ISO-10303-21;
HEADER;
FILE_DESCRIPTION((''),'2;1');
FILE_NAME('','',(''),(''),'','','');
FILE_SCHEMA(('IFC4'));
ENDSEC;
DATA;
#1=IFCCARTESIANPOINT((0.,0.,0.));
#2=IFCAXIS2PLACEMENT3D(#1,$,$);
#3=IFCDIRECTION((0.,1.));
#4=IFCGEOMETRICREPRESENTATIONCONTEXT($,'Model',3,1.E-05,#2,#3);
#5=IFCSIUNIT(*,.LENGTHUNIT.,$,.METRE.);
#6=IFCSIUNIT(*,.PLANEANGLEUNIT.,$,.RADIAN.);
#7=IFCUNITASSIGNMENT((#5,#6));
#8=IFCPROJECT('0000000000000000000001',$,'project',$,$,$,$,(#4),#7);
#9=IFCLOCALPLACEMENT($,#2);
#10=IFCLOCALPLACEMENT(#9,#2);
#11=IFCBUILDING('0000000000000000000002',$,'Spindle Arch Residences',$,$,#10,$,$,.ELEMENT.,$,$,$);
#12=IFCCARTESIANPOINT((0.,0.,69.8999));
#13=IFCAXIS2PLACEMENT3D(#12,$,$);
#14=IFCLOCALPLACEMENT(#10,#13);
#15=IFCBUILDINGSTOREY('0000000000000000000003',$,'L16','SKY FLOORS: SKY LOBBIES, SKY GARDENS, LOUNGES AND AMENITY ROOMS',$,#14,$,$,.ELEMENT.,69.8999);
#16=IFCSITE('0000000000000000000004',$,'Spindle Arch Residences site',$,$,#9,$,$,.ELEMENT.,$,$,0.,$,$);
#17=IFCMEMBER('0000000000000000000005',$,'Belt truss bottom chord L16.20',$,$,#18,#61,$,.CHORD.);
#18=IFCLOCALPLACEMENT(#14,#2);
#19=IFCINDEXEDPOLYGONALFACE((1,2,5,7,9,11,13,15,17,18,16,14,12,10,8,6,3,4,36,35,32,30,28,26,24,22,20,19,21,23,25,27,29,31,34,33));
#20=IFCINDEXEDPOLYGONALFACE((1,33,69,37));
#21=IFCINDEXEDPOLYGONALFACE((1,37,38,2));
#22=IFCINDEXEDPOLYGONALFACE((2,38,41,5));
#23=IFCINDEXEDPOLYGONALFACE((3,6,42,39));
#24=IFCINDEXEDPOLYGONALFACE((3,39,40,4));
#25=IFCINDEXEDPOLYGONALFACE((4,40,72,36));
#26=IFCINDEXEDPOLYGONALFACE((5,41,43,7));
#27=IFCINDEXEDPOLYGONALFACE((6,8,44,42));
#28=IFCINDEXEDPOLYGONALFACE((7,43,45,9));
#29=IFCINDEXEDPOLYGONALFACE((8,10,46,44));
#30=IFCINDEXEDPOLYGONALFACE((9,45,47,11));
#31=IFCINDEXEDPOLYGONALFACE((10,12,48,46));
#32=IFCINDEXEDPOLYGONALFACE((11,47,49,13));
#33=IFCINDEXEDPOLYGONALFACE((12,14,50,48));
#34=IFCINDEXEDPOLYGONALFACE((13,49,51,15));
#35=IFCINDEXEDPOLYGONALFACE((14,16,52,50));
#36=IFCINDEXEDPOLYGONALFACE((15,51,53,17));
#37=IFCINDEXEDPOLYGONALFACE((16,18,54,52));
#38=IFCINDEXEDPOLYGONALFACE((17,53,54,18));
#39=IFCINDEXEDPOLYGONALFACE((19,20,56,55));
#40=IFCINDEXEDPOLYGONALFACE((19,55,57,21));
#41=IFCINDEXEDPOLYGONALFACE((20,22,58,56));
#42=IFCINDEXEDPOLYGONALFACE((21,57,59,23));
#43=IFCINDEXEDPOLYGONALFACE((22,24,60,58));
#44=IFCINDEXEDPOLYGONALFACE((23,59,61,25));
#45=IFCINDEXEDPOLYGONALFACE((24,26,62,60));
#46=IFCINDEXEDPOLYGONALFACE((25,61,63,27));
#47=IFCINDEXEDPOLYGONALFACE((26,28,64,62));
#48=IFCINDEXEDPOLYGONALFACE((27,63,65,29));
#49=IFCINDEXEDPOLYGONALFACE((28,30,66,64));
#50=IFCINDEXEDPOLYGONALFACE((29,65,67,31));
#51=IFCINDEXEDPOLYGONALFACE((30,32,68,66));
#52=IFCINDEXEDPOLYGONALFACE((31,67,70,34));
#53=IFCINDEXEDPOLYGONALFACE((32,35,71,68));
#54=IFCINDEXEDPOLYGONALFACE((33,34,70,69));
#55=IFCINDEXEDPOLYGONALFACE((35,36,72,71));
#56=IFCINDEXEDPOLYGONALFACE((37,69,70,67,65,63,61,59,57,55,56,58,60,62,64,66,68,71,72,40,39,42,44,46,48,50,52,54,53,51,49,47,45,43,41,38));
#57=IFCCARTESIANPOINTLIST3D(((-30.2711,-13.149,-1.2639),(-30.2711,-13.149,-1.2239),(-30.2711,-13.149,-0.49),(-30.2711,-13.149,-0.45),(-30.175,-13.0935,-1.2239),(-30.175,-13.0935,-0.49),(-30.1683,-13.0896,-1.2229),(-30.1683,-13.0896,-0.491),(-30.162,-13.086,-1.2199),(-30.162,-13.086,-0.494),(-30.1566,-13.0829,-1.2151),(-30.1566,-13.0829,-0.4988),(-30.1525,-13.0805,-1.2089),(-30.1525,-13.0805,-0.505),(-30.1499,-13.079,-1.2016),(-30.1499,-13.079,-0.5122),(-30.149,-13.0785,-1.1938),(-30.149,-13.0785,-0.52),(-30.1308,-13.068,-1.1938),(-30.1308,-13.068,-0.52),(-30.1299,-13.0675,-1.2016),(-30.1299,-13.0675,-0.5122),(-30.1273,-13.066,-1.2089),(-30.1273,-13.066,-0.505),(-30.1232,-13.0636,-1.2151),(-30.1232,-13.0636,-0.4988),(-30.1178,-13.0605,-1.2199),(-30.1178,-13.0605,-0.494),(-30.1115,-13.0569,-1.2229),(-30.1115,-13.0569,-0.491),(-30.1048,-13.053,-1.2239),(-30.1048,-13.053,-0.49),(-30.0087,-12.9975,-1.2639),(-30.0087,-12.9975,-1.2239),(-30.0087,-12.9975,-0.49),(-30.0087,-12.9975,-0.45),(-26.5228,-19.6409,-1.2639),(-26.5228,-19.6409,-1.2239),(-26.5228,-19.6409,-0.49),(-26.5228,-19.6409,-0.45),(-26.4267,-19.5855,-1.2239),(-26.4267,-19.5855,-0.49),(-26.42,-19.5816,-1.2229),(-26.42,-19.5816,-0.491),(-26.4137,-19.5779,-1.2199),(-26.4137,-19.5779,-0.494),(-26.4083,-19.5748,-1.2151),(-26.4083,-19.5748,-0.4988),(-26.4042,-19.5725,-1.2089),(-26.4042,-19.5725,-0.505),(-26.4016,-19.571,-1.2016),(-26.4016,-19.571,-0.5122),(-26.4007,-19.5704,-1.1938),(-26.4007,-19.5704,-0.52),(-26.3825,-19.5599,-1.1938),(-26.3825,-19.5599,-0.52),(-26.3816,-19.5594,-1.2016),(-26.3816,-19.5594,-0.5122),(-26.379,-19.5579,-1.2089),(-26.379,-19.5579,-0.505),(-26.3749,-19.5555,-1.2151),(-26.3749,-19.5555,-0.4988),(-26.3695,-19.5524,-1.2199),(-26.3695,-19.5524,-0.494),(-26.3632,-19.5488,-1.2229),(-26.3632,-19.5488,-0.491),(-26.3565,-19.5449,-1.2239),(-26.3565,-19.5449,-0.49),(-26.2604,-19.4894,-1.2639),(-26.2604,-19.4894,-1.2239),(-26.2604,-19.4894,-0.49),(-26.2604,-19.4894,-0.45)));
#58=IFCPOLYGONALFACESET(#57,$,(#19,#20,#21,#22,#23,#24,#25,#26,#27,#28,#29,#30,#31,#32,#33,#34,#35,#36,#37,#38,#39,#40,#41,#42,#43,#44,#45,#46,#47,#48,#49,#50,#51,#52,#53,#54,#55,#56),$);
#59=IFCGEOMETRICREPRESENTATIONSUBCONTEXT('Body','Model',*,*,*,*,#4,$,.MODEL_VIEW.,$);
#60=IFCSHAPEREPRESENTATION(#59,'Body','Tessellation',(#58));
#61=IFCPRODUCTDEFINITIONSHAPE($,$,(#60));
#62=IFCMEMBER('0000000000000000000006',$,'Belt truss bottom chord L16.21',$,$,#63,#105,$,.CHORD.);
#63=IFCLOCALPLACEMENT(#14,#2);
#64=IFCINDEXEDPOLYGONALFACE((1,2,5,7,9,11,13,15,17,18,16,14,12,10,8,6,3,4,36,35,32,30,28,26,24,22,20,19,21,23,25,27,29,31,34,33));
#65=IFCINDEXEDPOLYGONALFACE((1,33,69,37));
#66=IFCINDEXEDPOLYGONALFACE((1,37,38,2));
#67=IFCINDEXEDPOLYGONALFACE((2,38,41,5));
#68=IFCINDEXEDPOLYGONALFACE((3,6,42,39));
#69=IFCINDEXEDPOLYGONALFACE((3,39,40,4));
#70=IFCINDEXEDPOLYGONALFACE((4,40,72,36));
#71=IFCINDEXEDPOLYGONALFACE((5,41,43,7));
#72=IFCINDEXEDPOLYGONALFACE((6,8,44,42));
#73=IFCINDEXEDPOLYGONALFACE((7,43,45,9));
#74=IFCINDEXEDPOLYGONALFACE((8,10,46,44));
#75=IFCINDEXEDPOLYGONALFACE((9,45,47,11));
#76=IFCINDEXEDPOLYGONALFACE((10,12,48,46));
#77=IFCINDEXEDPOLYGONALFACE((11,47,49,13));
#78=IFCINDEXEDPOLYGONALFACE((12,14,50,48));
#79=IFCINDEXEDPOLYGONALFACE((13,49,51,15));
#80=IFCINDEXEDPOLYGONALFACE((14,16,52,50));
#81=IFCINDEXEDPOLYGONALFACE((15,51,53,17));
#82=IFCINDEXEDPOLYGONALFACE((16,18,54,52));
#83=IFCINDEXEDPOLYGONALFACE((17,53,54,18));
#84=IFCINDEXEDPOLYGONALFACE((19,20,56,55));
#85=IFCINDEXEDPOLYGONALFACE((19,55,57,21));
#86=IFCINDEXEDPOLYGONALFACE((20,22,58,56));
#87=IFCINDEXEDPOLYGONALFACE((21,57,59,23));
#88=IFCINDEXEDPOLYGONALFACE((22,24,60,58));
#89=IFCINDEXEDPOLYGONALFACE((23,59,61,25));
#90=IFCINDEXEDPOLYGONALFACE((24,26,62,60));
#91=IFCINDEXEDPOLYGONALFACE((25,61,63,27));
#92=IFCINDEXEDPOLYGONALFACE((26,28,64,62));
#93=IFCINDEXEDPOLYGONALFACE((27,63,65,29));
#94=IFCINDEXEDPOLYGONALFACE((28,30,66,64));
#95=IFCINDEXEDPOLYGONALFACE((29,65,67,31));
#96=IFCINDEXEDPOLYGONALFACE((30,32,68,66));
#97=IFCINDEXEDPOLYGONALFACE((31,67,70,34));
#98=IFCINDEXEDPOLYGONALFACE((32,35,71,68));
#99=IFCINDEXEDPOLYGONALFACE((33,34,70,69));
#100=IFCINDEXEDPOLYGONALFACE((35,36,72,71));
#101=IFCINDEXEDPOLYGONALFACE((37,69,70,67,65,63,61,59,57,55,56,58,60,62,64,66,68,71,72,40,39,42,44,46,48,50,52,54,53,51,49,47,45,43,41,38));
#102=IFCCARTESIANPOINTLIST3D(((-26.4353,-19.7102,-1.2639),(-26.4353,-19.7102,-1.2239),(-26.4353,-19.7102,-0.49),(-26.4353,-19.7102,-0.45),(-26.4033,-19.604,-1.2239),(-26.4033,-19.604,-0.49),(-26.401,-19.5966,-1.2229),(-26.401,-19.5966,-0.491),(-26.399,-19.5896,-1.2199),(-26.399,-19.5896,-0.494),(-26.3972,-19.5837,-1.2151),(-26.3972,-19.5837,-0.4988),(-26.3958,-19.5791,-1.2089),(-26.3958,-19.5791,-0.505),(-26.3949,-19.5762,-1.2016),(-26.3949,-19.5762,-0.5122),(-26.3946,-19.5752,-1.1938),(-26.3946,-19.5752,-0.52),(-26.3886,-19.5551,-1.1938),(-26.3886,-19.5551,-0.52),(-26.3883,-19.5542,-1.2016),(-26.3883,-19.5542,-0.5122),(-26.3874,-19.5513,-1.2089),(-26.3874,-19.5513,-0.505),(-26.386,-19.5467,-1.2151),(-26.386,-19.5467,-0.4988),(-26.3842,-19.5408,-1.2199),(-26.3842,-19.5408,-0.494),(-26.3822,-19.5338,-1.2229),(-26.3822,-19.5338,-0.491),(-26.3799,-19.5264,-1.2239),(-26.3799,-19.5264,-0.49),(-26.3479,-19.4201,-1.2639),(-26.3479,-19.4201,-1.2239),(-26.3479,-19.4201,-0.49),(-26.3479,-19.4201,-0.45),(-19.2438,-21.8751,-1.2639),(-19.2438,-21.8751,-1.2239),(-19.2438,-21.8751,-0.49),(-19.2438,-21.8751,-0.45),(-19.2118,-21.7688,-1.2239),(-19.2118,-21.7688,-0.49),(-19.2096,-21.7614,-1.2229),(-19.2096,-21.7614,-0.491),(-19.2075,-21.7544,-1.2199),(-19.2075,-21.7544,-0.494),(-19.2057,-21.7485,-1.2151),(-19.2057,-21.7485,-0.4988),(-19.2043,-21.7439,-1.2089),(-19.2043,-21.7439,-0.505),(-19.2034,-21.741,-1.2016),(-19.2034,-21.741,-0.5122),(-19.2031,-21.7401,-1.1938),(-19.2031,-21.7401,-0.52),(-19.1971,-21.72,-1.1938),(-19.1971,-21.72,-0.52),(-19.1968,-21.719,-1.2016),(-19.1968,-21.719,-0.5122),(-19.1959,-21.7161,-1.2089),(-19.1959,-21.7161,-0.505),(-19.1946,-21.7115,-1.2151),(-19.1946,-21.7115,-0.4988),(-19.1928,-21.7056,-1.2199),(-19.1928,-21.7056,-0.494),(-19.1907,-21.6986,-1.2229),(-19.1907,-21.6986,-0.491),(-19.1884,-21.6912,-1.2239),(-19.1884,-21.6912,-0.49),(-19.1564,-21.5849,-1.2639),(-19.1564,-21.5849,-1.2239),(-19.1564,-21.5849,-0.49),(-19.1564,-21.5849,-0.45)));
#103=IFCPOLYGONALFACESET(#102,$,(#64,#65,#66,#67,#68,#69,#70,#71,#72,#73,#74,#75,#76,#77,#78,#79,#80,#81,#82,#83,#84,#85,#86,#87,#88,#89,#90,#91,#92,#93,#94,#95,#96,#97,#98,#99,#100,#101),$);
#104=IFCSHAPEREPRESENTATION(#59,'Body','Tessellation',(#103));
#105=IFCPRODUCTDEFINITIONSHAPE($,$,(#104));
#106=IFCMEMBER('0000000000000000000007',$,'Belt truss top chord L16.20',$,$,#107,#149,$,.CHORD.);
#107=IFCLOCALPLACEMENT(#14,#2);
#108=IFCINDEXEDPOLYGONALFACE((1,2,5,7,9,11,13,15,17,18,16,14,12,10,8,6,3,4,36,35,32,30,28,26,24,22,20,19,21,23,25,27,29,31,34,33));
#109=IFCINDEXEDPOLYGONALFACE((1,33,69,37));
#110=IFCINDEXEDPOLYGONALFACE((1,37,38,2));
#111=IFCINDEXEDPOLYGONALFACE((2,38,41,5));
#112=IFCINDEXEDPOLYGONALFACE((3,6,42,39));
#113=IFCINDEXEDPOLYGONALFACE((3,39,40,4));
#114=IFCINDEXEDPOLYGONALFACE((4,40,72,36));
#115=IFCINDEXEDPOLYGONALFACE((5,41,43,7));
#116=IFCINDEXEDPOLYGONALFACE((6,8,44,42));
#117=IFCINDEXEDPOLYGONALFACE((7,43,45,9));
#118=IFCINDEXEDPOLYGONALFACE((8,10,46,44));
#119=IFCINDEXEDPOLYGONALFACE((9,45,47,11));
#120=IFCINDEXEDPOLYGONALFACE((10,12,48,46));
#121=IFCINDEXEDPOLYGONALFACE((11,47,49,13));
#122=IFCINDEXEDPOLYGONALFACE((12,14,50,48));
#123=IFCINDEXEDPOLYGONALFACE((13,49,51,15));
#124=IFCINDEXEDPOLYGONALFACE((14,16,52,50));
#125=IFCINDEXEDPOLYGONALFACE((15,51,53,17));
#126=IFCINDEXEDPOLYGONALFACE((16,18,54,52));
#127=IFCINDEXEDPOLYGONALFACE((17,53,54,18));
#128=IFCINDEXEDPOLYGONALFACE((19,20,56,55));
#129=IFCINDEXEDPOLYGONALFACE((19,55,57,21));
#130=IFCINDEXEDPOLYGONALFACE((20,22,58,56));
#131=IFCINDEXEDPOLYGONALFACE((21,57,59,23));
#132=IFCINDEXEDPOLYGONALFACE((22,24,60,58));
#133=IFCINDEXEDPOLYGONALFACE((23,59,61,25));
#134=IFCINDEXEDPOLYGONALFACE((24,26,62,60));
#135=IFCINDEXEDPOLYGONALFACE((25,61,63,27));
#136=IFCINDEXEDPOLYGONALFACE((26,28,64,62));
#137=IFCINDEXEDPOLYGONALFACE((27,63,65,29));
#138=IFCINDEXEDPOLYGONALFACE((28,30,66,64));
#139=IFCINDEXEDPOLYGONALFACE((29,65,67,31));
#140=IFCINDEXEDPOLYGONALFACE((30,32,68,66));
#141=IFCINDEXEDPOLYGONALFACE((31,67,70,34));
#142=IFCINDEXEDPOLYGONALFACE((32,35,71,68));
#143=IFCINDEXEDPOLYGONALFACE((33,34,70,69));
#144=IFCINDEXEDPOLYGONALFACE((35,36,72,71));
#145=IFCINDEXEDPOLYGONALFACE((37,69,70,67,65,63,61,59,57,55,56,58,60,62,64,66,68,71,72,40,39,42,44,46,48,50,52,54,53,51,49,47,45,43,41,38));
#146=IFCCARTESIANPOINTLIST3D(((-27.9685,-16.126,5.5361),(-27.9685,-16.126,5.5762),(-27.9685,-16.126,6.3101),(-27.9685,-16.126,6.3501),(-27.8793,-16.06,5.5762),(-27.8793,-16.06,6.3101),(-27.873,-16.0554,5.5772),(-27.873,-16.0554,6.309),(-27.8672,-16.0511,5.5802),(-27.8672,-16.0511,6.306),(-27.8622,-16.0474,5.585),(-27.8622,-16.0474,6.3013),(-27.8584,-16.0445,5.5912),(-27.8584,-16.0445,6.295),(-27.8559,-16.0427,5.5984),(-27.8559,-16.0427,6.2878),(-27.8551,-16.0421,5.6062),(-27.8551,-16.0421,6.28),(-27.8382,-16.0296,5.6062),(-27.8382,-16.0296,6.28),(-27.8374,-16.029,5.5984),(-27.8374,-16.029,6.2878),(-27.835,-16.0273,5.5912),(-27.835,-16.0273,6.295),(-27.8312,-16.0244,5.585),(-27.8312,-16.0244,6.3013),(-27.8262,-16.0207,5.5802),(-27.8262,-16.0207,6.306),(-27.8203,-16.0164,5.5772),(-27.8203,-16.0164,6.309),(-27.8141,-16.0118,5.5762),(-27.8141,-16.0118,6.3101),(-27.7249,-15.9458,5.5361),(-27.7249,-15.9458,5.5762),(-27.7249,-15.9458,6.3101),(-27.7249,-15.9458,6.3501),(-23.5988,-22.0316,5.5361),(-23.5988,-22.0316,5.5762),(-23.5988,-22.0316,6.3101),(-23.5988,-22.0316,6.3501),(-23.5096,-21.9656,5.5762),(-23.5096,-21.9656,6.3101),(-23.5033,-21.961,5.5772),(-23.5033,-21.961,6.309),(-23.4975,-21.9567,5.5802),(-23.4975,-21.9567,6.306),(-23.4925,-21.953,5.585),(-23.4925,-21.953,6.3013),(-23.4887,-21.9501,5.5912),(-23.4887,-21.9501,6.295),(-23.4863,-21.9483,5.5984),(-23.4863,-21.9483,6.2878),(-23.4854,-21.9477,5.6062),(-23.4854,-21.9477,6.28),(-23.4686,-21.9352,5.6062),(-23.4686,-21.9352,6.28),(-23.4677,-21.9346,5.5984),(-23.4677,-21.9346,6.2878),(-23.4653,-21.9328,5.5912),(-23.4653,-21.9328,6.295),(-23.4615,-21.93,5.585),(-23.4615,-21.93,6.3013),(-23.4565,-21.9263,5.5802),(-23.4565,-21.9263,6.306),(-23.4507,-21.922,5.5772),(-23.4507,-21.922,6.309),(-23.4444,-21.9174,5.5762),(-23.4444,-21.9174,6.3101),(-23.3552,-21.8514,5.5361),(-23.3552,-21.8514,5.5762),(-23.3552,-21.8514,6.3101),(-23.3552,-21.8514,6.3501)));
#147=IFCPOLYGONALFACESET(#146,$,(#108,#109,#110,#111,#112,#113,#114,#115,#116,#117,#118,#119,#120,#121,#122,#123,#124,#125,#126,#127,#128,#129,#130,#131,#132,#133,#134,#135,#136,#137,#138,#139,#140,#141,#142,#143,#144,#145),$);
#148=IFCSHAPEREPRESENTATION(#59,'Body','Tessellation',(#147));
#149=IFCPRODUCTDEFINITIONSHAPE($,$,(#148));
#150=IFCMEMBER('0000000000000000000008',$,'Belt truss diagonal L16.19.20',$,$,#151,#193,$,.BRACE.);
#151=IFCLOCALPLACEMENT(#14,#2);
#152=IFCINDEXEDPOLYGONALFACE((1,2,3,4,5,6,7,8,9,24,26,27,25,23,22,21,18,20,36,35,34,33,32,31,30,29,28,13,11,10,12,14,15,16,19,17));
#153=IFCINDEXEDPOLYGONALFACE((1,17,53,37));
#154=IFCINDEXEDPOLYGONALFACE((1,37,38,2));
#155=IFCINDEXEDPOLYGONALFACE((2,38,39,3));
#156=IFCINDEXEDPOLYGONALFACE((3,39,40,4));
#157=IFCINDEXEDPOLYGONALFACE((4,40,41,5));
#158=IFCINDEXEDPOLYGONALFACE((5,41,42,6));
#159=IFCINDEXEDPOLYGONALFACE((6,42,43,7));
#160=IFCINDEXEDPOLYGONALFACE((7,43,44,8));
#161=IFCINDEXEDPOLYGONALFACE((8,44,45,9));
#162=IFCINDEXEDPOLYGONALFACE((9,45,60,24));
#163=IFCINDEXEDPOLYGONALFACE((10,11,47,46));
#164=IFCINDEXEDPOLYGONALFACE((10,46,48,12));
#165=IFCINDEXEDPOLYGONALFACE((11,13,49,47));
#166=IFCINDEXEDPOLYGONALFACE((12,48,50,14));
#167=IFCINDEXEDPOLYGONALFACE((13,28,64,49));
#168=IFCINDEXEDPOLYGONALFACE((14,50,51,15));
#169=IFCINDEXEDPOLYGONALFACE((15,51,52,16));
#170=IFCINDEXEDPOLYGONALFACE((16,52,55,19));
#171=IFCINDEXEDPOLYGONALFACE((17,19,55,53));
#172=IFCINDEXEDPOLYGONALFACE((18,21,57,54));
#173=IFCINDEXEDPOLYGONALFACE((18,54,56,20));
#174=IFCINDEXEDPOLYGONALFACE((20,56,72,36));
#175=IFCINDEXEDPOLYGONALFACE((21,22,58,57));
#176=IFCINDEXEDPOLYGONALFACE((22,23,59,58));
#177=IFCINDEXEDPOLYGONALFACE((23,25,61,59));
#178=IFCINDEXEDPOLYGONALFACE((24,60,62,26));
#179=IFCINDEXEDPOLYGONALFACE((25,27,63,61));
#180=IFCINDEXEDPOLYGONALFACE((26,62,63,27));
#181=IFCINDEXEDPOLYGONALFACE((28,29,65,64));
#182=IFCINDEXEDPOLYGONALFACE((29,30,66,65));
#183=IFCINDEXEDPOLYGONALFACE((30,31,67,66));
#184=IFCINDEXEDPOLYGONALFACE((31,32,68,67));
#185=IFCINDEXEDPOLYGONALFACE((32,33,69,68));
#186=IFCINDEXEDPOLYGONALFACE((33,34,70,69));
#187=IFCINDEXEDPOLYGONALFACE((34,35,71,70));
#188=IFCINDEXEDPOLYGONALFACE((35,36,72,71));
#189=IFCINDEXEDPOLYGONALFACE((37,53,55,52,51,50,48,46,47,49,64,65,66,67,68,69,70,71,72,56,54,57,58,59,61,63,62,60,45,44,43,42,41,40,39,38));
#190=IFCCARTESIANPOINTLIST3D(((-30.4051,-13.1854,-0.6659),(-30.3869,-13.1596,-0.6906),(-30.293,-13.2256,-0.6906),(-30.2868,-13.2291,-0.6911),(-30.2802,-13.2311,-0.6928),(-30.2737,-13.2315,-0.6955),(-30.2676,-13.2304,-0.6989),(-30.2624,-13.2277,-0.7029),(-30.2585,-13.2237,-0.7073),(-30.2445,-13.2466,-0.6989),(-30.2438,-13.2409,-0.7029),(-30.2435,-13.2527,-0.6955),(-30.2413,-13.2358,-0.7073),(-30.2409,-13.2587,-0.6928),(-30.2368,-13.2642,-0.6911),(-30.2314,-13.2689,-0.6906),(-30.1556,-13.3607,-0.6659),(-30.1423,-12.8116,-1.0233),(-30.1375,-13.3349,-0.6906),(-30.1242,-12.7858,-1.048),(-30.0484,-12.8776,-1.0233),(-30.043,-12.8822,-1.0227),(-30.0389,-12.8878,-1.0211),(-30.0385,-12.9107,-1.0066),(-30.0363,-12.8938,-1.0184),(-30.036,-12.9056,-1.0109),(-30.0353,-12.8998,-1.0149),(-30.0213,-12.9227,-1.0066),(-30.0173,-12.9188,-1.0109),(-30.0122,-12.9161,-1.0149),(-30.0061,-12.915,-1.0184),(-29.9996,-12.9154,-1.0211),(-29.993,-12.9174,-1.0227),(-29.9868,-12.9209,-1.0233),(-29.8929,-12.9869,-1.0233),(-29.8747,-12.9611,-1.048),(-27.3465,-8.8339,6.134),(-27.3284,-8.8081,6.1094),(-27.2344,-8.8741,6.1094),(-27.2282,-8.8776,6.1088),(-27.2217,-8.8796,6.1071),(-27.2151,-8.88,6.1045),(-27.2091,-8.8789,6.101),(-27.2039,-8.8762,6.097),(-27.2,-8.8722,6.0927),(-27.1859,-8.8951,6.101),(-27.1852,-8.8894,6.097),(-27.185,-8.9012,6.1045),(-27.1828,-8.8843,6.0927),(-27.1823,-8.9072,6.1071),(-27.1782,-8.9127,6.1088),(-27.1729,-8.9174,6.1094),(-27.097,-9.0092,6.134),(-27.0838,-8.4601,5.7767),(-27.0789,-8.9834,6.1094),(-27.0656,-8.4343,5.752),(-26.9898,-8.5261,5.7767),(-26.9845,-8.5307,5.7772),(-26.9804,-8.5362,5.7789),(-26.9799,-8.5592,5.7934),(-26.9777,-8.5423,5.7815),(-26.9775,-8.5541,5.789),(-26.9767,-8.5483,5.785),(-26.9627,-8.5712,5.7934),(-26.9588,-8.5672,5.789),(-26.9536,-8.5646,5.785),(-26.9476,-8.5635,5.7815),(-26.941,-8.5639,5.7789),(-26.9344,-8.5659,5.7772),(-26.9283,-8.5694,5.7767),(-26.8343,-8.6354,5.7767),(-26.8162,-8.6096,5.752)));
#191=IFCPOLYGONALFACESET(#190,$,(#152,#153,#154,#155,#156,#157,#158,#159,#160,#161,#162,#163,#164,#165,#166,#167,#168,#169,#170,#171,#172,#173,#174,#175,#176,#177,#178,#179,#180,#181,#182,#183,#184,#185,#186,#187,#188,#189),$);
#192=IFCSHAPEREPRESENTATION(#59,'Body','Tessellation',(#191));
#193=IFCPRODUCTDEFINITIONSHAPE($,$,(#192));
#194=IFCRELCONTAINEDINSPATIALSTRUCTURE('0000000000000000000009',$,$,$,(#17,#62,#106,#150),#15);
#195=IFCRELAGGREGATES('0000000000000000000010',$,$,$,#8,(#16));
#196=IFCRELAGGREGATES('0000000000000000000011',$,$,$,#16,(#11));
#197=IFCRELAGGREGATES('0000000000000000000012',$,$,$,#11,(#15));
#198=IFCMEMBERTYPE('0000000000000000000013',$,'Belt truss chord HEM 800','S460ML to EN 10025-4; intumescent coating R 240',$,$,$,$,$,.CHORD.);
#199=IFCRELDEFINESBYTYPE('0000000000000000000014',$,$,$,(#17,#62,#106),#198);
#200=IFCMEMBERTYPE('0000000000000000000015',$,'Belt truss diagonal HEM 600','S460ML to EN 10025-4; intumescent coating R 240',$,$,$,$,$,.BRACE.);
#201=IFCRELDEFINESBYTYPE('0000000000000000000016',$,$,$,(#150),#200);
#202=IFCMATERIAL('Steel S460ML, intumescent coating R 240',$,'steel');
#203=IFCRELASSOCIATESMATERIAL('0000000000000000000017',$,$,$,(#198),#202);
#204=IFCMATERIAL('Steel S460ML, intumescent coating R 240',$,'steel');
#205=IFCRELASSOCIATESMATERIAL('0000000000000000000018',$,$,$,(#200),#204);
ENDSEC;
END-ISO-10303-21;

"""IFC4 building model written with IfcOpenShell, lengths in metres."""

from ifc_helpers import new_model, si_unit, direction, frame, origin, origin_2d, place, context, subcontext, project, spatial, i_section, extrude, material, material_profile, profile_set, type_object, element, save


model = new_model("IFC4")

# Units and contexts
model_context = context("Model", 3, precision=1e-05, world=origin(), true_north=direction((0.0, 1.0)))
body_context = subcontext(model_context, "Body", "Model", "MODEL_VIEW")
ifc_project = project(units=[si_unit("LENGTHUNIT", "METRE"), si_unit("PLANEANGLEUNIT", "RADIAN")], contexts=[model_context])

# Site, building, storey
site_placement = place(None, origin())
site = spatial("IfcSite", under=ifc_project, at=site_placement, Name="Spindle Arch Residences site", CompositionType="ELEMENT", RefElevation=0.0)
building_placement = place(site_placement, origin())
building = spatial("IfcBuilding", under=site, at=building_placement, Name="Spindle Arch Residences", CompositionType="ELEMENT")
storey_placement = place(building_placement, frame((0.0, 0.0, 69.8999)))
storey = spatial("IfcBuildingStorey", under=building, at=storey_placement, Name="L16", Description="SKY FLOORS: SKY LOBBIES, SKY GARDENS, LOUNGES AND AMENITY ROOMS", CompositionType="ELEMENT", Elevation=69.8999)

# Members
ifc_material_1 = material(Name="Steel S460ML, intumescent coating R 240", Category="steel")
ifc_material_profile_1 = material_profile(ifc_material_1, i_section(OverallWidth=0.303, OverallDepth=0.814, WebThickness=0.021, FlangeThickness=0.04, FilletRadius=0.03, at=origin_2d()), Name="HEM 800")
ifc_profile_set_1 = profile_set([ifc_material_profile_1], Name="Steel S460ML, intumescent coating R 240")
member_type_1 = type_object("IfcMemberType", Name="Belt truss chord HEM 800", Description="S460ML to EN 10025-4; intumescent coating R 240", PredefinedType="CHORD", material=ifc_profile_set_1)
member_1_placement = place(storey_placement, frame((-30.1399, -13.0732, -0.8569), z_axis=(0.500017, -0.866016, 0.0), x_axis=(0.866016, 0.500017, 0.0)))
element("IfcMember", 1, at=member_1_placement, inside=storey, type_object=member_type_1, Name="Belt truss bottom chord L16.20", PredefinedType="CHORD", context=body_context, shape_type="SweptSolid", body=[
    extrude(i_section(OverallWidth=0.303, OverallDepth=0.814, WebThickness=0.021, FlangeThickness=0.04, FilletRadius=0.03, at=origin_2d()), origin(), (0.0, 0.0, 1.0), 7.4963),
])
member_2_placement = place(storey_placement, frame((-26.3916, -19.5652, -0.8569), z_axis=(0.957556, -0.288248, 0.0), x_axis=(0.288248, 0.957556, 0.0)))
element("IfcMember", 2, at=member_2_placement, inside=storey, type_object=member_type_1, Name="Belt truss bottom chord L16.21", PredefinedType="CHORD", context=body_context, shape_type="SweptSolid", body=[
    extrude(i_section(OverallWidth=0.303, OverallDepth=0.814, WebThickness=0.021, FlangeThickness=0.04, FilletRadius=0.03, at=origin_2d()), origin(), (0.0, 0.0, 1.0), 7.5103),
])
member_3_placement = place(storey_placement, frame((-27.8467, -16.0359, 5.9431), z_axis=(0.594803, -0.803871, 0.0), x_axis=(0.803871, 0.594803, 0.0)))
element("IfcMember", 3, at=member_3_placement, inside=storey, type_object=member_type_1, Name="Belt truss top chord L16.20", PredefinedType="CHORD", context=body_context, shape_type="SweptSolid", body=[
    extrude(i_section(OverallWidth=0.303, OverallDepth=0.814, WebThickness=0.021, FlangeThickness=0.04, FilletRadius=0.03, at=origin_2d()), origin(), (0.0, 0.0, 1.0), 7.3464),
])
ifc_material_2 = material(Name="Steel S460ML, intumescent coating R 240", Category="steel")
ifc_material_profile_2 = material_profile(ifc_material_2, i_section(OverallWidth=0.3049, OverallDepth=0.6201, WebThickness=0.021, FlangeThickness=0.04, FilletRadius=0.0271, at=origin_2d()), Name="HEM 600")
ifc_profile_set_2 = profile_set([ifc_material_profile_2], Name="Steel S460ML, intumescent coating R 240")
member_type_2 = type_object("IfcMemberType", Name="Belt truss diagonal HEM 600", Description="S460ML to EN 10025-4; intumescent coating R 240", PredefinedType="BRACE", material=ifc_profile_set_2)
member_4_placement = place(storey_placement, frame((-30.1399, -13.0732, -0.8569), z_axis=(0.354284, 0.504051, 0.787665), x_axis=(-0.818126, 0.575039, 0.0)))
element("IfcMember", 4, at=member_4_placement, inside=storey, type_object=member_type_2, Name="Belt truss diagonal L16.19.20", PredefinedType="BRACE", context=body_context, shape_type="SweptSolid", body=[
    extrude(i_section(OverallWidth=0.3049, OverallDepth=0.6201, WebThickness=0.021, FlangeThickness=0.04, FilletRadius=0.0271, at=origin_2d()), origin(), (0.0, 0.0, 1.0), 8.6331),
])

save(model, "model.ifc")
